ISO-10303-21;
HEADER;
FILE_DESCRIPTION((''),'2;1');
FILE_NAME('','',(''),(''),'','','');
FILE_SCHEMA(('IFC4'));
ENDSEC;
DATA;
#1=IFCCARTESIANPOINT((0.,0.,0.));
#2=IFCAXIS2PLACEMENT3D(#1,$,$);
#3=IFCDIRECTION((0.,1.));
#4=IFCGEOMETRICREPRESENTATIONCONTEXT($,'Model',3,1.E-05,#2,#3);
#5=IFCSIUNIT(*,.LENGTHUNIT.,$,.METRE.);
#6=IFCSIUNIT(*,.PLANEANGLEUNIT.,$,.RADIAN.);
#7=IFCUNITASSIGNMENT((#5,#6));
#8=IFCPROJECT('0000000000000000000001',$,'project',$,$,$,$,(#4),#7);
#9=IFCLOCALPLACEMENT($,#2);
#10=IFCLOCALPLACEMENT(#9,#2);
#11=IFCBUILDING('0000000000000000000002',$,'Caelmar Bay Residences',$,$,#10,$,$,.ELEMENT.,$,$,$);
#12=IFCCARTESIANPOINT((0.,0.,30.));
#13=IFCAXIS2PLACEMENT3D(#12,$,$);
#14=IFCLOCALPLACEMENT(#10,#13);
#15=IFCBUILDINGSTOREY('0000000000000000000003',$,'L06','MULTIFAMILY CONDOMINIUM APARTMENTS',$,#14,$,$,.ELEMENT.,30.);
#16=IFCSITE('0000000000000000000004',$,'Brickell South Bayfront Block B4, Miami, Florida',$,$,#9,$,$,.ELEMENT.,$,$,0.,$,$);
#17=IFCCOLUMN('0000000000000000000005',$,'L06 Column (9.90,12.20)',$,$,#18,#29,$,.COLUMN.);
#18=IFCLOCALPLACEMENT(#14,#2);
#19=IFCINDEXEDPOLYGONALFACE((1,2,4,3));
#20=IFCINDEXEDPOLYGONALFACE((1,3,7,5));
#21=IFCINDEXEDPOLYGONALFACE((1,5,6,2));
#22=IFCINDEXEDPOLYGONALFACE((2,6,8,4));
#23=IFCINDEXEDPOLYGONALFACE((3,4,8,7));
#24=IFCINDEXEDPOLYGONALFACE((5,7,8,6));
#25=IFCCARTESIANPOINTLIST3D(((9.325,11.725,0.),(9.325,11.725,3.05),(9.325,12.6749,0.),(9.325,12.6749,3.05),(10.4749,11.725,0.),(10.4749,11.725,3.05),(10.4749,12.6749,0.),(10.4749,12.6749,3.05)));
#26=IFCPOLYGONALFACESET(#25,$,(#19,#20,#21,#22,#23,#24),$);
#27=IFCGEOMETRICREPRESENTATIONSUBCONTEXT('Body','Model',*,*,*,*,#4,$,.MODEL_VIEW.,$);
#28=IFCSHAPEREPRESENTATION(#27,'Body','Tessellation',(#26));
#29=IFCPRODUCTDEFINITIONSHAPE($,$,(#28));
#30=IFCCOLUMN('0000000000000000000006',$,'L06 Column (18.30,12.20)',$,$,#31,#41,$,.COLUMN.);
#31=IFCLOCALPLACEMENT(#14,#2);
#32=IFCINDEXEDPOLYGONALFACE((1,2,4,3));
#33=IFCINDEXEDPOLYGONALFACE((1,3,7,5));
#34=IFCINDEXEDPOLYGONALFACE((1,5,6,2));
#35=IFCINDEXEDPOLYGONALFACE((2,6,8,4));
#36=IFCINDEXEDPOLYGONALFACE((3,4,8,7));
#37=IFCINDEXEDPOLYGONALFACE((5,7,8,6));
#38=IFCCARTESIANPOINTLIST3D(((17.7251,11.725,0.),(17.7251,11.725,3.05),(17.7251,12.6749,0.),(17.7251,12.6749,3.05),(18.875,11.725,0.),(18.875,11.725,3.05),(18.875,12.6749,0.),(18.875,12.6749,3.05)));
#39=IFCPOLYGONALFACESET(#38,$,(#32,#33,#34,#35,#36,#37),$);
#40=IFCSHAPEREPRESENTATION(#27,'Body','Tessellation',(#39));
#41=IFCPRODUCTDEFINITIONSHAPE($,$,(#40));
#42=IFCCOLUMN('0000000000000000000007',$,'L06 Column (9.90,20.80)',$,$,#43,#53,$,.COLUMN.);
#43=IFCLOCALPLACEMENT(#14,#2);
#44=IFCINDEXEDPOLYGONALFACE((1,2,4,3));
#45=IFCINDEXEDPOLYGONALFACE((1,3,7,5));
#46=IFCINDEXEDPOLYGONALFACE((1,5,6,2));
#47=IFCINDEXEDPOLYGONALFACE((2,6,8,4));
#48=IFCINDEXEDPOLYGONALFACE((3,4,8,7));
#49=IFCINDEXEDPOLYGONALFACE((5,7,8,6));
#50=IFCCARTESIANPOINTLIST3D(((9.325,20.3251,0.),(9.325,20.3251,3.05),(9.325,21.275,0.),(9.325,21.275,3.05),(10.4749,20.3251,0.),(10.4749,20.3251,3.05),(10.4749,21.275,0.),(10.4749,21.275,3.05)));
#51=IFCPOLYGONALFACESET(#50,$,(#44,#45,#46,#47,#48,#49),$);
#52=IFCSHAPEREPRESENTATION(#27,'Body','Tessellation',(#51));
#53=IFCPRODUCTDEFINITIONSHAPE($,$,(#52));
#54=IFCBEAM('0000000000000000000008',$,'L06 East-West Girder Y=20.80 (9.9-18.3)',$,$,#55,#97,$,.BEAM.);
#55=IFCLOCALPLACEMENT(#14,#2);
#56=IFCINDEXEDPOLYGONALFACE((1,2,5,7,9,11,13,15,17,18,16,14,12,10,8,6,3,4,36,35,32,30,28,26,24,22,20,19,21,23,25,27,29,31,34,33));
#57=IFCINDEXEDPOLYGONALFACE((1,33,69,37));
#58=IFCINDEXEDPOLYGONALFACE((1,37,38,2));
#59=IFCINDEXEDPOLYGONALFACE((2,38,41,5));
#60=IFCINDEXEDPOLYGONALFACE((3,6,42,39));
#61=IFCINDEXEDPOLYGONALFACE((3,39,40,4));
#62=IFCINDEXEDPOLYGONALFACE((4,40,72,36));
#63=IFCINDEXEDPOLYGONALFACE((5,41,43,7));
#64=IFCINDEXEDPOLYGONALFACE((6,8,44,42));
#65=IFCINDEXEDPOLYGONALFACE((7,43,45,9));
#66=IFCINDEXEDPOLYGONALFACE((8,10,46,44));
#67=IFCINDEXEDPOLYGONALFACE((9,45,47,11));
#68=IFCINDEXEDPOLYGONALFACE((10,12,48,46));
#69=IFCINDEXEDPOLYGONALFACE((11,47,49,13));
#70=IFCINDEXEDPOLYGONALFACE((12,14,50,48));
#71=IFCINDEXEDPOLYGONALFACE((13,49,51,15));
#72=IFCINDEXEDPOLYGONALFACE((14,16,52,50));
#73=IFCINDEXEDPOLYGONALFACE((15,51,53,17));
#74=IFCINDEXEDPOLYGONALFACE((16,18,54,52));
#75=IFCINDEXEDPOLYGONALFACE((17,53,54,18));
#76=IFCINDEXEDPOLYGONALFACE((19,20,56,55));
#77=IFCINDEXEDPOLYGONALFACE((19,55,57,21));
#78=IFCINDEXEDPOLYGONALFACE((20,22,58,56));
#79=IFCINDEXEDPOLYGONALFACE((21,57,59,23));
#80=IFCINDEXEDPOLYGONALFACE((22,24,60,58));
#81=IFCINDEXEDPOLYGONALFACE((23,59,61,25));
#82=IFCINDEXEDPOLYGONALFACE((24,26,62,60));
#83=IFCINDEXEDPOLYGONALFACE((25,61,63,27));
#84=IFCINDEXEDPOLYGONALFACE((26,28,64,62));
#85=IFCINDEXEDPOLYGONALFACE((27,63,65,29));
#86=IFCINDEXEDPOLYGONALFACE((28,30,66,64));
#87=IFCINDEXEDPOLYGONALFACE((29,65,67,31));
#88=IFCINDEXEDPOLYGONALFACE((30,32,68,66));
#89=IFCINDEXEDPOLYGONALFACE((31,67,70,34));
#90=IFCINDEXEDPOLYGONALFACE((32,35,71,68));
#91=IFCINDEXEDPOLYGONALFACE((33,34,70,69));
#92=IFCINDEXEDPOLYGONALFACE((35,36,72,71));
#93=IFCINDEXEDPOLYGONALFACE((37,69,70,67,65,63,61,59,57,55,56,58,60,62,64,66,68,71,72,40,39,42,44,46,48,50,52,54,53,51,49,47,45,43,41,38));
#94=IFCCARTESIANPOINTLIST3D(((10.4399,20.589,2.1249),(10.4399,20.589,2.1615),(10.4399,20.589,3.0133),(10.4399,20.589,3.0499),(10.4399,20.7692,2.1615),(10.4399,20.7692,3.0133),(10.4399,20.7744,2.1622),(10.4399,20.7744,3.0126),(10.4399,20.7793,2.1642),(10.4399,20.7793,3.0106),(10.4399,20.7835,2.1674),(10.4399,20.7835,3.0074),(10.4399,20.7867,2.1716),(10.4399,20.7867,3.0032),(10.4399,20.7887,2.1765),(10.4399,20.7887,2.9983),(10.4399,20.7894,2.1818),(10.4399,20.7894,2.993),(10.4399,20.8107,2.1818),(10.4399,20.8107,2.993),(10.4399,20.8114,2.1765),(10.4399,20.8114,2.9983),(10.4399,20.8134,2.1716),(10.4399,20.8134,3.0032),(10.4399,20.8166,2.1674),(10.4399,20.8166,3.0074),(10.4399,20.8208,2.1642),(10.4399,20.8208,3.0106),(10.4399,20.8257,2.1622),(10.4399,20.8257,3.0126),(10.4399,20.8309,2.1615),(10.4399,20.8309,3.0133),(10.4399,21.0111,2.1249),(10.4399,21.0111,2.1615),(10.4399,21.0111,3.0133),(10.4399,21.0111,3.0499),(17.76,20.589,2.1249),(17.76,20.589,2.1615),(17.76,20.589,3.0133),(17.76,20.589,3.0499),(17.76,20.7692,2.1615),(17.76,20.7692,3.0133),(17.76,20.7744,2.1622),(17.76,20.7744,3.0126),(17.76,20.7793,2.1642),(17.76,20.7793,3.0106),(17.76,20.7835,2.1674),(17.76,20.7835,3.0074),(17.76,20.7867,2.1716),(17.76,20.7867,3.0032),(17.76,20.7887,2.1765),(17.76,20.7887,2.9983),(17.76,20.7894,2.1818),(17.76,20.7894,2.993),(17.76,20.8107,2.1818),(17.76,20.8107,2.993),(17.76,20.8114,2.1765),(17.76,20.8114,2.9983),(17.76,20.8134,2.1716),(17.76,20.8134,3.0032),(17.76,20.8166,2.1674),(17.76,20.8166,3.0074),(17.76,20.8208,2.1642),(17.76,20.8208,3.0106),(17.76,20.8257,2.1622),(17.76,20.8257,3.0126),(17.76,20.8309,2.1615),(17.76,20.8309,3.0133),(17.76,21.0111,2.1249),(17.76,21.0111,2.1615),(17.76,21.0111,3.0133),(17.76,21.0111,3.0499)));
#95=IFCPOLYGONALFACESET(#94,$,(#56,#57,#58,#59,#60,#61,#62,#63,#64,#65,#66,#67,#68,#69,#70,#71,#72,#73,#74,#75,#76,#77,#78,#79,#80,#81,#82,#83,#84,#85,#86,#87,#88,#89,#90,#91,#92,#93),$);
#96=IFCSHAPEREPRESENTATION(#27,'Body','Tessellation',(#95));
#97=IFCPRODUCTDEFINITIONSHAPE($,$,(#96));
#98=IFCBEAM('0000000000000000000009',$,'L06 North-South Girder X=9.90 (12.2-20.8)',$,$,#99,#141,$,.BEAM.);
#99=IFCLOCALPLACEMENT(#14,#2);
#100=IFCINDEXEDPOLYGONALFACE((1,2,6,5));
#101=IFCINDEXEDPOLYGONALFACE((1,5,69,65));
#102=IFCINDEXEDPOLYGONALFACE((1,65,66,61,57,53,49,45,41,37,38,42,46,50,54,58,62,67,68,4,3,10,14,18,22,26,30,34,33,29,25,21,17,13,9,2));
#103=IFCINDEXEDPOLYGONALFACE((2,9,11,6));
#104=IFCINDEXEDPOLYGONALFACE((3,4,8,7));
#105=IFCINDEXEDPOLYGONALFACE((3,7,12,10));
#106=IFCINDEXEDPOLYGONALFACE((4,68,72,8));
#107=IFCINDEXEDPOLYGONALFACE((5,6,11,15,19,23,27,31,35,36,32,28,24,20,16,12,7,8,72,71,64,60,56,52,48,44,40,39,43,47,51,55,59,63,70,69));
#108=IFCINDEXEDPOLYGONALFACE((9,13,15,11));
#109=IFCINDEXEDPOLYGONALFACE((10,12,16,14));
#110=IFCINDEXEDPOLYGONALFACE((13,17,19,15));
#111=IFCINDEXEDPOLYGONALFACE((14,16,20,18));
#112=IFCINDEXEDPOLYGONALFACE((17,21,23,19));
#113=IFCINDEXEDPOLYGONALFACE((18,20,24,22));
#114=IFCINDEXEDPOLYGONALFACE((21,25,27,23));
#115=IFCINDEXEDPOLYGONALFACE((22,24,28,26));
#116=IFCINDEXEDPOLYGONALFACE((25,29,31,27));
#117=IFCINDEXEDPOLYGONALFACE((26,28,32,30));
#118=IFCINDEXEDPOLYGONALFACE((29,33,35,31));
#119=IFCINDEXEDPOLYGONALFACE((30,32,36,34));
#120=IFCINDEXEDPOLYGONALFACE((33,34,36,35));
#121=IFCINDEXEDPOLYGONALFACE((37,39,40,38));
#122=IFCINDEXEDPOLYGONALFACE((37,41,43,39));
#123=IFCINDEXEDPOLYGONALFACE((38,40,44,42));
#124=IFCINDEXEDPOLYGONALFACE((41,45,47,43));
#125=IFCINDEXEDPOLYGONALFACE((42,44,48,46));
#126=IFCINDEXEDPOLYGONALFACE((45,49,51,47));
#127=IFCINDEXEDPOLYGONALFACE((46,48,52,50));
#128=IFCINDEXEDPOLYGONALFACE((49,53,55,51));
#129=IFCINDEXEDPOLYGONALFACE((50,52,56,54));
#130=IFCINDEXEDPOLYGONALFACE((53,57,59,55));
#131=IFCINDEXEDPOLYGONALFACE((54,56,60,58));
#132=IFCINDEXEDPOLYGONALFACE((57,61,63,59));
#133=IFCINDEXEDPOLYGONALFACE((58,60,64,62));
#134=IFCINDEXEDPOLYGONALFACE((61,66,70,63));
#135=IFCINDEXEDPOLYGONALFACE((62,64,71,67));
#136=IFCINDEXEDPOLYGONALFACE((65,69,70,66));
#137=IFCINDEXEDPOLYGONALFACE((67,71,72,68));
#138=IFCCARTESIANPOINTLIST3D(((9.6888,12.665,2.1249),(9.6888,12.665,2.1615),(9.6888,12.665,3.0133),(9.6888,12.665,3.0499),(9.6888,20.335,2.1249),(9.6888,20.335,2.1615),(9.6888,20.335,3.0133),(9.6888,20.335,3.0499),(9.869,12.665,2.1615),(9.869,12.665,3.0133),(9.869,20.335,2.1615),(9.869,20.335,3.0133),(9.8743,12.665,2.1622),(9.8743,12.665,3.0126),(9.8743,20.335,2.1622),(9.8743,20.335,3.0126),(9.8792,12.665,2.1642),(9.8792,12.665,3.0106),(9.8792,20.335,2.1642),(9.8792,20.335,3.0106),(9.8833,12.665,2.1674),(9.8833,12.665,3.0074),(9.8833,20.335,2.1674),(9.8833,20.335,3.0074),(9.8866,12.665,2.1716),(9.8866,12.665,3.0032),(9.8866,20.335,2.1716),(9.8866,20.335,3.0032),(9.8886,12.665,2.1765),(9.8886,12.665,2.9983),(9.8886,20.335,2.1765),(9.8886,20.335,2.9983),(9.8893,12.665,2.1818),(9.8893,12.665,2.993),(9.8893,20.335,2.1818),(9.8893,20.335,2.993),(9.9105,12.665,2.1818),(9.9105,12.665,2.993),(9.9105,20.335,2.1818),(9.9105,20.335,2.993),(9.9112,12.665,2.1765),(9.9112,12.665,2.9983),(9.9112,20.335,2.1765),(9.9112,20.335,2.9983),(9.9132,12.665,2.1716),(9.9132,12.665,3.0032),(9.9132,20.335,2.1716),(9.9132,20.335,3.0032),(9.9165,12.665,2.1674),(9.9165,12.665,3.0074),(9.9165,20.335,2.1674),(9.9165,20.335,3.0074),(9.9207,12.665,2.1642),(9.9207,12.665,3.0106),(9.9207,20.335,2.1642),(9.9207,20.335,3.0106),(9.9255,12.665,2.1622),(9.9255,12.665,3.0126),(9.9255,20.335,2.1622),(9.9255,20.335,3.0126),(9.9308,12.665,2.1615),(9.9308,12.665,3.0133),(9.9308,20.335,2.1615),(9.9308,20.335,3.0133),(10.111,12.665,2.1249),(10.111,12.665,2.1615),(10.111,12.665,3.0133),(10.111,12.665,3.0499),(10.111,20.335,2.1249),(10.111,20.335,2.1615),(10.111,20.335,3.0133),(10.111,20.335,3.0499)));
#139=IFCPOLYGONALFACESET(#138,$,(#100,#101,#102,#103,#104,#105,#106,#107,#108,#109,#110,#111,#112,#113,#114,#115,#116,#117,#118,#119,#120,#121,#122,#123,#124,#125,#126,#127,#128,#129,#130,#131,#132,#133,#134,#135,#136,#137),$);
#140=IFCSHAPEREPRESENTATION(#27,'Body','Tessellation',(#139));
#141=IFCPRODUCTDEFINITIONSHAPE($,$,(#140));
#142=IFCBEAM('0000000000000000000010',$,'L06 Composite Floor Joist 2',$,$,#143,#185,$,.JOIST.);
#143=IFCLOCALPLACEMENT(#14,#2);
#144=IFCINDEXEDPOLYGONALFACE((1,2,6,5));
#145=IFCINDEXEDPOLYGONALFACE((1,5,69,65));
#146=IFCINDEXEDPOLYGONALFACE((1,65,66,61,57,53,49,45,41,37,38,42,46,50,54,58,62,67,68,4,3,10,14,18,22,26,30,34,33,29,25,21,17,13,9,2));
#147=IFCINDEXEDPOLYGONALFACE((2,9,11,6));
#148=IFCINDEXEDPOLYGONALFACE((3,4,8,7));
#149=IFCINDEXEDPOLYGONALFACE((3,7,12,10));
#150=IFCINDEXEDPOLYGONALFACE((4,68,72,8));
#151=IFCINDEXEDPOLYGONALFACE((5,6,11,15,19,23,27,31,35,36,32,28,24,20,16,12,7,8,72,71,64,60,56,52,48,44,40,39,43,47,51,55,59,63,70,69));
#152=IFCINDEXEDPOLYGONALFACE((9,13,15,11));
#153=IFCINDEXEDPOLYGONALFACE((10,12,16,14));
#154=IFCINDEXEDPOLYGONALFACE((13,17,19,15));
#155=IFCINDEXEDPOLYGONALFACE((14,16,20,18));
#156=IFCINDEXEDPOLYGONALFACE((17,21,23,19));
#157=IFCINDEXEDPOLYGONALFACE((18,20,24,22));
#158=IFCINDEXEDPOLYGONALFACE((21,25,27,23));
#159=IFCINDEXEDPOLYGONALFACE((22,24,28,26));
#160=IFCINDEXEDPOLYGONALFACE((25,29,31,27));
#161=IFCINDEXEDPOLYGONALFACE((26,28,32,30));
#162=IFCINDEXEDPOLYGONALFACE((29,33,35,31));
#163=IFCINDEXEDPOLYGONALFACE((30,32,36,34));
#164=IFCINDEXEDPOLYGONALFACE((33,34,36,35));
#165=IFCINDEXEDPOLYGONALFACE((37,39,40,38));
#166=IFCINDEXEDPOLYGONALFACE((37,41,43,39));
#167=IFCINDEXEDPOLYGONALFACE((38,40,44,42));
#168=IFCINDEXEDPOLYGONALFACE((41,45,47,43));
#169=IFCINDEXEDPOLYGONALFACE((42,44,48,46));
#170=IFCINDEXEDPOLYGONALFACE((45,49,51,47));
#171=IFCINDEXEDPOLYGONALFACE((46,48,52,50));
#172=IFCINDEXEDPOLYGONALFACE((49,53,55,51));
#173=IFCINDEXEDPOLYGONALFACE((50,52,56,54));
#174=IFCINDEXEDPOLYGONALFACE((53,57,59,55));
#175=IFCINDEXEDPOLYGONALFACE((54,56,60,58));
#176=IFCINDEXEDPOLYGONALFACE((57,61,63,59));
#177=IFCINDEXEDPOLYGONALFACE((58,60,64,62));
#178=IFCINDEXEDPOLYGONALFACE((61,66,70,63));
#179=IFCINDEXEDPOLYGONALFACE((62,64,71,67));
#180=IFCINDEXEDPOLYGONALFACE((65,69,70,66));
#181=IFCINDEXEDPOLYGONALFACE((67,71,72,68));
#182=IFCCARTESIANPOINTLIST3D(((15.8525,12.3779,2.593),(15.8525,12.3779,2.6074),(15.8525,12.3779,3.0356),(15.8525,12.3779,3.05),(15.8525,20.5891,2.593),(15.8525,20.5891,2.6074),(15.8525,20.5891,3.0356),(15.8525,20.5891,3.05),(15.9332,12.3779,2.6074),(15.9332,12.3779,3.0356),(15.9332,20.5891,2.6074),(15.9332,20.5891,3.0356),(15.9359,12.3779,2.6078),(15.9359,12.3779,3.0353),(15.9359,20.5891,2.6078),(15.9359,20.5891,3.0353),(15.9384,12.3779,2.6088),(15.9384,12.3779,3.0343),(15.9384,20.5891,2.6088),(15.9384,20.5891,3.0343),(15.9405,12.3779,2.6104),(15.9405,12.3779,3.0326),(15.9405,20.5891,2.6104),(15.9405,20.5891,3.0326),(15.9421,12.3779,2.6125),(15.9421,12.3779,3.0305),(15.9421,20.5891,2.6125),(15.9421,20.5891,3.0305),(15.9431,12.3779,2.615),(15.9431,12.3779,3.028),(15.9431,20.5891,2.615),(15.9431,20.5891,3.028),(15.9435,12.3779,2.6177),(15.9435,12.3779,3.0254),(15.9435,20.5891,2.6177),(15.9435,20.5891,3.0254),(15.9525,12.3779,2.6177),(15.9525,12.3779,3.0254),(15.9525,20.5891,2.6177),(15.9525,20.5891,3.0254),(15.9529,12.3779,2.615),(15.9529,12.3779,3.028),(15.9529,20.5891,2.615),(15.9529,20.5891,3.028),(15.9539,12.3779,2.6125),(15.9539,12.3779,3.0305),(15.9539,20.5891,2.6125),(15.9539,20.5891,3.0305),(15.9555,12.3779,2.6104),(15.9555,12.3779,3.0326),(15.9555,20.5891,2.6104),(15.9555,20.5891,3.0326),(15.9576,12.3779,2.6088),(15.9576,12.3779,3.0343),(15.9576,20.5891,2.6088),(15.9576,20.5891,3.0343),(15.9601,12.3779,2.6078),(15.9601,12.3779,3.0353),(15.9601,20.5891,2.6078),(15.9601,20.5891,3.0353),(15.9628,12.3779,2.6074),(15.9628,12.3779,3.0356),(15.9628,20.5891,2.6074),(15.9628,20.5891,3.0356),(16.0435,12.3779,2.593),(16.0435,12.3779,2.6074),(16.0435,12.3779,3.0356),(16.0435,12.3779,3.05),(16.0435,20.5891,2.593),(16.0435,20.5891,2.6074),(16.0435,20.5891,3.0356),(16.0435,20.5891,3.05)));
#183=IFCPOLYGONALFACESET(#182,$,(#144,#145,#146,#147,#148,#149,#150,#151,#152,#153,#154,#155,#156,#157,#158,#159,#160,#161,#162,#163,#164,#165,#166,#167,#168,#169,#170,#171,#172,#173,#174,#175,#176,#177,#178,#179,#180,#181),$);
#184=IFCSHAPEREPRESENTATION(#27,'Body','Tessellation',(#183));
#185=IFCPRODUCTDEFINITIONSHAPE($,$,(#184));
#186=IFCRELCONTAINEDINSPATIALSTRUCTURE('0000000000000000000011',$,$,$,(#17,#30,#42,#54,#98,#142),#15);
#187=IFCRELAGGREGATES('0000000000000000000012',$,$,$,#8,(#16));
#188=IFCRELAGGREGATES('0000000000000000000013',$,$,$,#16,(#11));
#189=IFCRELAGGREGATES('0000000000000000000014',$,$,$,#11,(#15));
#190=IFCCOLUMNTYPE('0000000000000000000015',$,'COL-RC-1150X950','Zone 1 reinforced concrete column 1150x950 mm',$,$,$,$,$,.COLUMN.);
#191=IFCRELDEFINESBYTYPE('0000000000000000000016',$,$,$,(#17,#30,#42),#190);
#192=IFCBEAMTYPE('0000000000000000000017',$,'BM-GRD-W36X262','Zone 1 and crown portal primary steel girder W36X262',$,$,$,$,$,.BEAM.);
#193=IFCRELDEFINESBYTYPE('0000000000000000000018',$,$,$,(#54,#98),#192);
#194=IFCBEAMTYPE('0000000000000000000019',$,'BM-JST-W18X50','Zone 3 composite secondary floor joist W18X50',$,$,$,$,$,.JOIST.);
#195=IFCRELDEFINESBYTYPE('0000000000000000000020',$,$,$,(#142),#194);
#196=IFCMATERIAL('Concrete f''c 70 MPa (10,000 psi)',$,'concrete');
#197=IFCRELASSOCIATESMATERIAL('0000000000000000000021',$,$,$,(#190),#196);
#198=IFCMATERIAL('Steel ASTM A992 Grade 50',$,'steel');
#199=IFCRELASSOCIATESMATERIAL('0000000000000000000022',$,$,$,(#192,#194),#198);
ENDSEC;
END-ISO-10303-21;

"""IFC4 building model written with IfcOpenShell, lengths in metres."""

from ifc_helpers import new_model, si_unit, direction, frame, origin, origin_2d, place, context, subcontext, project, spatial, rectangle, i_section, extrude, material, material_profile, profile_set, type_object, element, save


model = new_model("IFC4")

# Units and contexts
model_context = context("Model", 3, precision=1e-05, world=origin(), true_north=direction((0.0, 1.0)))
body_context = subcontext(model_context, "Body", "Model", "MODEL_VIEW")
ifc_project = project(units=[si_unit("LENGTHUNIT", "METRE"), si_unit("PLANEANGLEUNIT", "RADIAN")], contexts=[model_context])

# Site, building, storey
site_placement = place(None, origin())
site = spatial("IfcSite", under=ifc_project, at=site_placement, Name="Brickell South Bayfront Block B4, Miami, Florida", CompositionType="ELEMENT", RefElevation=0.0)
building_placement = place(site_placement, origin())
building = spatial("IfcBuilding", under=site, at=building_placement, Name="Caelmar Bay Residences", CompositionType="ELEMENT")
storey_placement = place(building_placement, frame((0.0, 0.0, 30.0)))
storey = spatial("IfcBuildingStorey", under=building, at=storey_placement, Name="L06", Description="MULTIFAMILY CONDOMINIUM APARTMENTS", CompositionType="ELEMENT", Elevation=30.0)

# Columns
ifc_material_1 = material(Name="Concrete f'c 70 MPa (10,000 psi)", Category="concrete")
ifc_material_profile_1 = material_profile(ifc_material_1, rectangle(XDim=1.1499, YDim=0.95, at=origin_2d()), Name="RC-COL-1150X950")
ifc_profile_set_1 = profile_set([ifc_material_profile_1], Name="Concrete f'c 70 MPa (10,000 psi)")
column_type = type_object("IfcColumnType", Name="COL-RC-1150X950", Description="Zone 1 reinforced concrete column 1150x950 mm", PredefinedType="COLUMN", material=ifc_profile_set_1)
for number, where, z_axis, x_axis, name in (
    (1, (9.8999, 12.2, 0.0), (0.0, 0.0, 1.0), (1.0, 0.0, 0.0), "L06 Column (9.90,12.20)"),
    (2, (18.3, 12.2, 0.0), (0.0, 0.0, 1.0), (1.0, 0.0, 0.0), "L06 Column (18.30,12.20)"),
    (3, (9.8999, 20.8, 0.0), (0.0, 0.0, 1.0), (1.0, 0.0, 0.0), "L06 Column (9.90,20.80)"),
):
    element("IfcColumn", number, at=place(storey_placement, frame(where, z_axis=z_axis, x_axis=x_axis)), inside=storey, type_object=column_type, Name=name, PredefinedType="COLUMN", context=body_context, shape_type="SweptSolid", body=[
        extrude(rectangle(XDim=1.1499, YDim=0.95, at=origin_2d()), origin(), (0.0, 0.0, 1.0), 3.05),
    ])

# Beams
ifc_material_2 = material(Name="Steel ASTM A992 Grade 50", Category="steel")
ifc_material_profile_2 = material_profile(ifc_material_2, i_section(OverallWidth=0.4221, OverallDepth=0.925, WebThickness=0.0212, FlangeThickness=0.0366, FilletRadius=0.0203, at=origin_2d()), Name="W36X262")
ifc_profile_set_2 = profile_set([ifc_material_profile_2], Name="Steel ASTM A992 Grade 50")
beam_type_1 = type_object("IfcBeamType", Name="BM-GRD-W36X262", Description="Zone 1 and crown portal primary steel girder W36X262", PredefinedType="BEAM", material=ifc_profile_set_2)
beam_1_placement = place(storey_placement, frame((10.4399, 20.8, 2.5874), z_axis=(1.0, 0.0, 0.0), x_axis=(0.0, 1.0, 0.0)))
element("IfcBeam", 4, at=beam_1_placement, inside=storey, type_object=beam_type_1, Name="L06 East-West Girder Y=20.80 (9.9-18.3)", PredefinedType="BEAM", context=body_context, shape_type="SweptSolid", body=[
    extrude(i_section(OverallWidth=0.4221, OverallDepth=0.925, WebThickness=0.0212, FlangeThickness=0.0366, FilletRadius=0.0203, at=origin_2d()), origin(), (0.0, 0.0, 1.0), 7.3201),
])
beam_2_placement = place(storey_placement, frame((9.8999, 12.665, 2.5874), z_axis=(0.0, 1.0, 0.0), x_axis=(-1.0, 0.0, 0.0)))
element("IfcBeam", 5, at=beam_2_placement, inside=storey, type_object=beam_type_1, Name="L06 North-South Girder X=9.90 (12.2-20.8)", PredefinedType="BEAM", context=body_context, shape_type="SweptSolid", body=[
    extrude(i_section(OverallWidth=0.4221, OverallDepth=0.925, WebThickness=0.0212, FlangeThickness=0.0366, FilletRadius=0.0203, at=origin_2d()), origin(), (0.0, 0.0, 1.0), 7.6699),
])
ifc_material_profile_3 = material_profile(ifc_material_2, i_section(OverallWidth=0.1909, OverallDepth=0.457, WebThickness=0.009, FlangeThickness=0.0144, FilletRadius=0.0103, at=origin_2d()), Name="W18X50")
ifc_profile_set_3 = profile_set([ifc_material_profile_3], Name="Steel ASTM A992 Grade 50")
beam_type_2 = type_object("IfcBeamType", Name="BM-JST-W18X50", Description="Zone 3 composite secondary floor joist W18X50", PredefinedType="JOIST", material=ifc_profile_set_3)
beam_3_placement = place(storey_placement, frame((15.948, 12.3779, 2.8215), z_axis=(0.0, 1.0, 0.0), x_axis=(-1.0, 0.0, 0.0)))
element("IfcBeam", 6, at=beam_3_placement, inside=storey, type_object=beam_type_2, Name="L06 Composite Floor Joist 2", PredefinedType="JOIST", context=body_context, shape_type="SweptSolid", body=[
    extrude(i_section(OverallWidth=0.1909, OverallDepth=0.457, WebThickness=0.009, FlangeThickness=0.0144, FilletRadius=0.0103, at=origin_2d()), origin(), (0.0, 0.0, 1.0), 8.2112),
])

save(model, "model.ifc")
